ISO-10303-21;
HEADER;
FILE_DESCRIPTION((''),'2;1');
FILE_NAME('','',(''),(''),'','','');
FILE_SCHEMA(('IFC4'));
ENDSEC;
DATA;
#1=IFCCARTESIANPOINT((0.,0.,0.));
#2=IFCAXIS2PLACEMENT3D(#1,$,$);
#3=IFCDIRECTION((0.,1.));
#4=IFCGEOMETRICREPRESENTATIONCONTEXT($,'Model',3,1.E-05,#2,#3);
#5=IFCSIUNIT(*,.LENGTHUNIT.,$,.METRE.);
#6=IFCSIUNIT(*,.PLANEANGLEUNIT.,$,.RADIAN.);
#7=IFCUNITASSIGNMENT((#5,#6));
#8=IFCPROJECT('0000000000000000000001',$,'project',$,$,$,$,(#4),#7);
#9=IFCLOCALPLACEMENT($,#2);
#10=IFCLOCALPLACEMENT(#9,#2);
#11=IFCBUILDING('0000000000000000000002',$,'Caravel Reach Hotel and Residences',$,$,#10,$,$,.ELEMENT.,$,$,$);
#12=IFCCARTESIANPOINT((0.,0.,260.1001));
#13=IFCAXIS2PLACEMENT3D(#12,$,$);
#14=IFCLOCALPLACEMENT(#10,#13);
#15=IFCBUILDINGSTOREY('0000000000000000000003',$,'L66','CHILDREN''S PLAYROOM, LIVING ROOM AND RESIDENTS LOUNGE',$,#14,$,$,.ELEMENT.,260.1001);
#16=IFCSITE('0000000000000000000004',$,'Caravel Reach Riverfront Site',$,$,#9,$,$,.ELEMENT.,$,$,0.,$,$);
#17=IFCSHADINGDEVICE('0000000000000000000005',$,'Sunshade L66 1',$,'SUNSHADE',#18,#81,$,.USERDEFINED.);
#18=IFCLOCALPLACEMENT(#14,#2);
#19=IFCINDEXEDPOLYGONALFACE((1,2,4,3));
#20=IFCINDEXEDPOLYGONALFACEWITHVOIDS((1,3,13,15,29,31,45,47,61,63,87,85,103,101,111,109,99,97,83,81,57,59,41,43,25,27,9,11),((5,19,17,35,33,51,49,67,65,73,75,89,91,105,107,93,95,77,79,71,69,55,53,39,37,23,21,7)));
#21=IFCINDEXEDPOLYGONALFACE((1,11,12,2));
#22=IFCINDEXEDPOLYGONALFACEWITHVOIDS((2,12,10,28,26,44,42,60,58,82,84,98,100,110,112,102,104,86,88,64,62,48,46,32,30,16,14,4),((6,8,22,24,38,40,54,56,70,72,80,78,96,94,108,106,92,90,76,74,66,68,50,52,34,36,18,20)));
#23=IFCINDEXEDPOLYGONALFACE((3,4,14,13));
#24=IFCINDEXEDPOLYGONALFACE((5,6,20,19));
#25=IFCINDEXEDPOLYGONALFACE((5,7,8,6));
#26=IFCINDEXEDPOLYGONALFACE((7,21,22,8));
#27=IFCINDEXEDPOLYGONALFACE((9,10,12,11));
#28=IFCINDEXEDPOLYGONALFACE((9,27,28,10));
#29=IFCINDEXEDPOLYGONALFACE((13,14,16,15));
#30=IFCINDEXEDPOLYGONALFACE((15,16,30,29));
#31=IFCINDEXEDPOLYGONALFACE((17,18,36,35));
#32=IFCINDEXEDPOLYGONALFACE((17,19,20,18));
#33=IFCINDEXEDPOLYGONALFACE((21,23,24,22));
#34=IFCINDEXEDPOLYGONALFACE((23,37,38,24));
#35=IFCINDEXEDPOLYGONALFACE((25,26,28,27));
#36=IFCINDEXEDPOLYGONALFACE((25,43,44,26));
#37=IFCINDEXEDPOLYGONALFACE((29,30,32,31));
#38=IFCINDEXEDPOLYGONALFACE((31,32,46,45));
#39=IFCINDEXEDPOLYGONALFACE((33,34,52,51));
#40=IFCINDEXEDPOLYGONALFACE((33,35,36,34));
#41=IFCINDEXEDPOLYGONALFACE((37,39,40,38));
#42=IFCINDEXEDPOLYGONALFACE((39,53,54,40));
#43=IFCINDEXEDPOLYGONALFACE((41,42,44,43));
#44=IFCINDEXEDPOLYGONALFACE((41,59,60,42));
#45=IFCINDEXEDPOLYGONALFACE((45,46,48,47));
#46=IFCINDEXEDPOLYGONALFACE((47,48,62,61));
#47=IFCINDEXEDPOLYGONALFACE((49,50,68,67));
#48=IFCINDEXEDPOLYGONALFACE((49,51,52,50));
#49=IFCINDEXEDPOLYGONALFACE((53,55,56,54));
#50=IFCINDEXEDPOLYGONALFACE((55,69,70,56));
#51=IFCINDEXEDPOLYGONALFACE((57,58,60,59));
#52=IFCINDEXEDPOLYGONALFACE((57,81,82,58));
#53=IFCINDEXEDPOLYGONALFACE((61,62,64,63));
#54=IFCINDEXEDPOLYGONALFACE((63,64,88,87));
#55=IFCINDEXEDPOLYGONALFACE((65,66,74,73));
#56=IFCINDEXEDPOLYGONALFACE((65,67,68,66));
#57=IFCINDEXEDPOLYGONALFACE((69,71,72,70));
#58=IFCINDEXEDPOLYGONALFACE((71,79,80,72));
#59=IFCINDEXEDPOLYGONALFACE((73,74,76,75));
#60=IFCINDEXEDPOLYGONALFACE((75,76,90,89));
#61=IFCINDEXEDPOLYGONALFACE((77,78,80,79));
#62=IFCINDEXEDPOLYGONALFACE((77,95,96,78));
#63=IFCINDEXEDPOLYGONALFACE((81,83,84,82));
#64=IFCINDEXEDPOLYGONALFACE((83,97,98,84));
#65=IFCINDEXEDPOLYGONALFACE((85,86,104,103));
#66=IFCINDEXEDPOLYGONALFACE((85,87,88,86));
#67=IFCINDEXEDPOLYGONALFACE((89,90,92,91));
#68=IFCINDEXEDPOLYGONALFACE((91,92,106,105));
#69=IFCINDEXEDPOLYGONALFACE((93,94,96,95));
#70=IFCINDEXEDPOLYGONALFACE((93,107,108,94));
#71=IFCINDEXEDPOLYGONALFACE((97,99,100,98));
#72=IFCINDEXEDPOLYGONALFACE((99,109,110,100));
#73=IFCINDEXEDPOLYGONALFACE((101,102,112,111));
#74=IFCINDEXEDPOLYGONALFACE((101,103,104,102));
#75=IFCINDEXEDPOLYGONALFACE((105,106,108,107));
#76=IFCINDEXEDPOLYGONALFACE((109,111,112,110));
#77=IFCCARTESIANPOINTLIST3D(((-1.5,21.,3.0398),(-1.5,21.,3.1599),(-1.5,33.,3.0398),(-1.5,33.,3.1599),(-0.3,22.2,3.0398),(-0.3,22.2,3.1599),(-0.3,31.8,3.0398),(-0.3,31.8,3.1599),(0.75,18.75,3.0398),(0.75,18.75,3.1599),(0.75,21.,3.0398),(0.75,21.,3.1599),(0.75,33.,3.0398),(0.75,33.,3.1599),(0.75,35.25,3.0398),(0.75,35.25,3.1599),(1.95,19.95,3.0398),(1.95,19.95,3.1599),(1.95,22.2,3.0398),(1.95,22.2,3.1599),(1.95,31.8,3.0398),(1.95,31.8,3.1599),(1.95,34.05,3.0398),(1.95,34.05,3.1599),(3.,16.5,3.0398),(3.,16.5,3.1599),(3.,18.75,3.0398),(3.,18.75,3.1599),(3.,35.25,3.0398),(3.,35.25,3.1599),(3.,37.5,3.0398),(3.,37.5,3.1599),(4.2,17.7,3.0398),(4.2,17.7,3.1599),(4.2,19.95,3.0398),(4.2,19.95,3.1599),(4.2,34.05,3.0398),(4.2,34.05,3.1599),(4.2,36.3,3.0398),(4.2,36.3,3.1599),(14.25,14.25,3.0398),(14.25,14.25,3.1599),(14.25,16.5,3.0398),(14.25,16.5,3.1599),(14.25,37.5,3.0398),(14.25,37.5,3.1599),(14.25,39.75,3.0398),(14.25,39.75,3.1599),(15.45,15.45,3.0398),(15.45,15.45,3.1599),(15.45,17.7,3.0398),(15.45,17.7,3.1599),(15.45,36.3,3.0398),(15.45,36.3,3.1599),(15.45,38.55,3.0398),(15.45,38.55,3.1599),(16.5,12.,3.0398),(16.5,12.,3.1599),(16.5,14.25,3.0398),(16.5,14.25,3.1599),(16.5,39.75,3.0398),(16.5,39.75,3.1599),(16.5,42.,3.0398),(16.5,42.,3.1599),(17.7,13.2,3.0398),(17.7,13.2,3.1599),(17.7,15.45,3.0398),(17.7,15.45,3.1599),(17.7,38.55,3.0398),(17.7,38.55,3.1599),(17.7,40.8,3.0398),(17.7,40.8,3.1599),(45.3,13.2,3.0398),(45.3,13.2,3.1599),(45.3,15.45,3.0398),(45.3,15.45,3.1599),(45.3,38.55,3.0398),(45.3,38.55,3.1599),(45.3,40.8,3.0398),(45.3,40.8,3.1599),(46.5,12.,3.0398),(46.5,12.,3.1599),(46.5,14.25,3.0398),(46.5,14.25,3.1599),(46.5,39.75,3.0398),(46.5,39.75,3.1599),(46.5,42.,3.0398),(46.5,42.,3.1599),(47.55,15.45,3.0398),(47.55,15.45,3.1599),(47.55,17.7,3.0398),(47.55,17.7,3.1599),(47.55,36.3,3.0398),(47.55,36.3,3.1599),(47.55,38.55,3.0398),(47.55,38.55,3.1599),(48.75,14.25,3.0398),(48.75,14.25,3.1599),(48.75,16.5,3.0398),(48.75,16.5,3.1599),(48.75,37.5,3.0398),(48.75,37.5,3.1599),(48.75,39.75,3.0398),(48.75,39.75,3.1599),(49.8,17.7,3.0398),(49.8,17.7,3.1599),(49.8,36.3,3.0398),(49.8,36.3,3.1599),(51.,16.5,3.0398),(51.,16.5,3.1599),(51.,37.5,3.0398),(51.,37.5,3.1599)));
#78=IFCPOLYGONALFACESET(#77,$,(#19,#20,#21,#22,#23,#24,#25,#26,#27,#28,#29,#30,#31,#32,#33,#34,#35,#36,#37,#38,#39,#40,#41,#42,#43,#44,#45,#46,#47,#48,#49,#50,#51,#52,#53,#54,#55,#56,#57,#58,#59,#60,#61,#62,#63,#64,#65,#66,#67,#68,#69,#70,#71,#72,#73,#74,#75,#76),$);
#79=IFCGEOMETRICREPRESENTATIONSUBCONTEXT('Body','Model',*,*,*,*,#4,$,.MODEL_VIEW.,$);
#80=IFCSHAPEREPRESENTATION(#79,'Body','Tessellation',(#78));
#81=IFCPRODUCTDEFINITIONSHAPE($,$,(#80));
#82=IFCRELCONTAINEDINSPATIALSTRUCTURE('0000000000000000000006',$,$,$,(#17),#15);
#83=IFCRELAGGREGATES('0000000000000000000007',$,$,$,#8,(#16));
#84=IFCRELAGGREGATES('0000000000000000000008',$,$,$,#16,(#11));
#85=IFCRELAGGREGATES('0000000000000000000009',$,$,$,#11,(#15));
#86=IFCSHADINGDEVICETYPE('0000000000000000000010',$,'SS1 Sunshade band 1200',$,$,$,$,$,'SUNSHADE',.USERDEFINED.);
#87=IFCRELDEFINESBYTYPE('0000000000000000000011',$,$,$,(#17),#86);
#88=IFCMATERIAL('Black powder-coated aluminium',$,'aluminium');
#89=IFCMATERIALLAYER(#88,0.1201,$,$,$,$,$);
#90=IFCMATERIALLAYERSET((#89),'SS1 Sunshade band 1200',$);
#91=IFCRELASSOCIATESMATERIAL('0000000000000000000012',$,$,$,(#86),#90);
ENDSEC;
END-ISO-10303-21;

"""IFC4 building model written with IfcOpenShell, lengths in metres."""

from ifc_helpers import new_model, si_unit, direction, frame, origin, place, context, subcontext, project, spatial, polyline, outline, extrude, material, layer, layer_set, type_object, element, save


model = new_model("IFC4")

# Units and contexts
model_context = context("Model", 3, precision=1e-05, world=origin(), true_north=direction((0.0, 1.0)))
body_context = subcontext(model_context, "Body", "Model", "MODEL_VIEW")
ifc_project = project(units=[si_unit("LENGTHUNIT", "METRE"), si_unit("PLANEANGLEUNIT", "RADIAN")], contexts=[model_context])

# Site, building, storey
site_placement = place(None, origin())
site = spatial("IfcSite", under=ifc_project, at=site_placement, Name="Caravel Reach Riverfront Site", CompositionType="ELEMENT", RefElevation=0.0)
building_placement = place(site_placement, origin())
building = spatial("IfcBuilding", under=site, at=building_placement, Name="Caravel Reach Hotel and Residences", CompositionType="ELEMENT")
storey_placement = place(building_placement, frame((0.0, 0.0, 260.1001)))
storey = spatial("IfcBuildingStorey", under=building, at=storey_placement, Name="L66", Description="CHILDREN'S PLAYROOM, LIVING ROOM AND RESIDENTS LOUNGE", CompositionType="ELEMENT", Elevation=260.1001)

# Shading device
ifc_material_1 = material(Name="Black powder-coated aluminium", Category="aluminium")
ifc_layer_1 = layer(ifc_material_1, 0.1201)
ifc_layer_set_1 = layer_set([ifc_layer_1], Name="SS1 Sunshade band 1200")
shading_device_type = type_object("IfcShadingDeviceType", Name="SS1 Sunshade band 1200", ElementType="SUNSHADE", PredefinedType="USERDEFINED", material=ifc_layer_set_1)
shading_device_placement = place(storey_placement, frame((0.0, 0.0, 3.0398)))
element("IfcShadingDevice", 1, at=shading_device_placement, inside=storey, type_object=shading_device_type, Name="Sunshade L66 1", ObjectType="SUNSHADE", PredefinedType="USERDEFINED", context=body_context, shape_type="SweptSolid", body=[
    extrude(outline(polyline([(3.0, 16.5), (14.25, 16.5), (14.25, 14.25), (16.5, 14.25), (16.5, 12.0), (46.5, 12.0), (46.5, 14.25), (48.75, 14.25), (48.75, 16.5), (51.0, 16.5), (51.0, 37.5), (48.75, 37.5), (48.75, 39.75), (46.5, 39.75), (46.5, 42.0), (16.5, 42.0), (16.5, 39.75), (14.25, 39.75), (14.25, 37.5), (3.0, 37.5), (3.0, 35.25), (0.75, 35.25), (0.75, 33.0), (-1.5, 33.0), (-1.5, 21.0), (0.75, 21.0), (0.75, 18.75), (3.0, 18.75), (3.0, 16.5)]), holes=[polyline([(15.45, 15.45), (15.45, 17.7), (4.2, 17.7), (4.2, 19.95), (1.95, 19.95), (1.95, 22.2), (-0.3, 22.2), (-0.3, 31.8), (1.95, 31.8), (1.95, 34.05), (4.2, 34.05), (4.2, 36.3), (15.45, 36.3), (15.45, 38.55), (17.7, 38.55), (17.7, 40.8), (45.3, 40.8), (45.3, 38.55), (47.55, 38.55), (47.55, 36.3), (49.8, 36.3), (49.8, 17.7), (47.55, 17.7), (47.55, 15.45), (45.3, 15.45), (45.3, 13.2), (17.7, 13.2), (17.7, 15.45), (15.45, 15.45)])]), origin(), (0.0, 0.0, 1.0), 0.1201),
])

save(model, "model.ifc")
